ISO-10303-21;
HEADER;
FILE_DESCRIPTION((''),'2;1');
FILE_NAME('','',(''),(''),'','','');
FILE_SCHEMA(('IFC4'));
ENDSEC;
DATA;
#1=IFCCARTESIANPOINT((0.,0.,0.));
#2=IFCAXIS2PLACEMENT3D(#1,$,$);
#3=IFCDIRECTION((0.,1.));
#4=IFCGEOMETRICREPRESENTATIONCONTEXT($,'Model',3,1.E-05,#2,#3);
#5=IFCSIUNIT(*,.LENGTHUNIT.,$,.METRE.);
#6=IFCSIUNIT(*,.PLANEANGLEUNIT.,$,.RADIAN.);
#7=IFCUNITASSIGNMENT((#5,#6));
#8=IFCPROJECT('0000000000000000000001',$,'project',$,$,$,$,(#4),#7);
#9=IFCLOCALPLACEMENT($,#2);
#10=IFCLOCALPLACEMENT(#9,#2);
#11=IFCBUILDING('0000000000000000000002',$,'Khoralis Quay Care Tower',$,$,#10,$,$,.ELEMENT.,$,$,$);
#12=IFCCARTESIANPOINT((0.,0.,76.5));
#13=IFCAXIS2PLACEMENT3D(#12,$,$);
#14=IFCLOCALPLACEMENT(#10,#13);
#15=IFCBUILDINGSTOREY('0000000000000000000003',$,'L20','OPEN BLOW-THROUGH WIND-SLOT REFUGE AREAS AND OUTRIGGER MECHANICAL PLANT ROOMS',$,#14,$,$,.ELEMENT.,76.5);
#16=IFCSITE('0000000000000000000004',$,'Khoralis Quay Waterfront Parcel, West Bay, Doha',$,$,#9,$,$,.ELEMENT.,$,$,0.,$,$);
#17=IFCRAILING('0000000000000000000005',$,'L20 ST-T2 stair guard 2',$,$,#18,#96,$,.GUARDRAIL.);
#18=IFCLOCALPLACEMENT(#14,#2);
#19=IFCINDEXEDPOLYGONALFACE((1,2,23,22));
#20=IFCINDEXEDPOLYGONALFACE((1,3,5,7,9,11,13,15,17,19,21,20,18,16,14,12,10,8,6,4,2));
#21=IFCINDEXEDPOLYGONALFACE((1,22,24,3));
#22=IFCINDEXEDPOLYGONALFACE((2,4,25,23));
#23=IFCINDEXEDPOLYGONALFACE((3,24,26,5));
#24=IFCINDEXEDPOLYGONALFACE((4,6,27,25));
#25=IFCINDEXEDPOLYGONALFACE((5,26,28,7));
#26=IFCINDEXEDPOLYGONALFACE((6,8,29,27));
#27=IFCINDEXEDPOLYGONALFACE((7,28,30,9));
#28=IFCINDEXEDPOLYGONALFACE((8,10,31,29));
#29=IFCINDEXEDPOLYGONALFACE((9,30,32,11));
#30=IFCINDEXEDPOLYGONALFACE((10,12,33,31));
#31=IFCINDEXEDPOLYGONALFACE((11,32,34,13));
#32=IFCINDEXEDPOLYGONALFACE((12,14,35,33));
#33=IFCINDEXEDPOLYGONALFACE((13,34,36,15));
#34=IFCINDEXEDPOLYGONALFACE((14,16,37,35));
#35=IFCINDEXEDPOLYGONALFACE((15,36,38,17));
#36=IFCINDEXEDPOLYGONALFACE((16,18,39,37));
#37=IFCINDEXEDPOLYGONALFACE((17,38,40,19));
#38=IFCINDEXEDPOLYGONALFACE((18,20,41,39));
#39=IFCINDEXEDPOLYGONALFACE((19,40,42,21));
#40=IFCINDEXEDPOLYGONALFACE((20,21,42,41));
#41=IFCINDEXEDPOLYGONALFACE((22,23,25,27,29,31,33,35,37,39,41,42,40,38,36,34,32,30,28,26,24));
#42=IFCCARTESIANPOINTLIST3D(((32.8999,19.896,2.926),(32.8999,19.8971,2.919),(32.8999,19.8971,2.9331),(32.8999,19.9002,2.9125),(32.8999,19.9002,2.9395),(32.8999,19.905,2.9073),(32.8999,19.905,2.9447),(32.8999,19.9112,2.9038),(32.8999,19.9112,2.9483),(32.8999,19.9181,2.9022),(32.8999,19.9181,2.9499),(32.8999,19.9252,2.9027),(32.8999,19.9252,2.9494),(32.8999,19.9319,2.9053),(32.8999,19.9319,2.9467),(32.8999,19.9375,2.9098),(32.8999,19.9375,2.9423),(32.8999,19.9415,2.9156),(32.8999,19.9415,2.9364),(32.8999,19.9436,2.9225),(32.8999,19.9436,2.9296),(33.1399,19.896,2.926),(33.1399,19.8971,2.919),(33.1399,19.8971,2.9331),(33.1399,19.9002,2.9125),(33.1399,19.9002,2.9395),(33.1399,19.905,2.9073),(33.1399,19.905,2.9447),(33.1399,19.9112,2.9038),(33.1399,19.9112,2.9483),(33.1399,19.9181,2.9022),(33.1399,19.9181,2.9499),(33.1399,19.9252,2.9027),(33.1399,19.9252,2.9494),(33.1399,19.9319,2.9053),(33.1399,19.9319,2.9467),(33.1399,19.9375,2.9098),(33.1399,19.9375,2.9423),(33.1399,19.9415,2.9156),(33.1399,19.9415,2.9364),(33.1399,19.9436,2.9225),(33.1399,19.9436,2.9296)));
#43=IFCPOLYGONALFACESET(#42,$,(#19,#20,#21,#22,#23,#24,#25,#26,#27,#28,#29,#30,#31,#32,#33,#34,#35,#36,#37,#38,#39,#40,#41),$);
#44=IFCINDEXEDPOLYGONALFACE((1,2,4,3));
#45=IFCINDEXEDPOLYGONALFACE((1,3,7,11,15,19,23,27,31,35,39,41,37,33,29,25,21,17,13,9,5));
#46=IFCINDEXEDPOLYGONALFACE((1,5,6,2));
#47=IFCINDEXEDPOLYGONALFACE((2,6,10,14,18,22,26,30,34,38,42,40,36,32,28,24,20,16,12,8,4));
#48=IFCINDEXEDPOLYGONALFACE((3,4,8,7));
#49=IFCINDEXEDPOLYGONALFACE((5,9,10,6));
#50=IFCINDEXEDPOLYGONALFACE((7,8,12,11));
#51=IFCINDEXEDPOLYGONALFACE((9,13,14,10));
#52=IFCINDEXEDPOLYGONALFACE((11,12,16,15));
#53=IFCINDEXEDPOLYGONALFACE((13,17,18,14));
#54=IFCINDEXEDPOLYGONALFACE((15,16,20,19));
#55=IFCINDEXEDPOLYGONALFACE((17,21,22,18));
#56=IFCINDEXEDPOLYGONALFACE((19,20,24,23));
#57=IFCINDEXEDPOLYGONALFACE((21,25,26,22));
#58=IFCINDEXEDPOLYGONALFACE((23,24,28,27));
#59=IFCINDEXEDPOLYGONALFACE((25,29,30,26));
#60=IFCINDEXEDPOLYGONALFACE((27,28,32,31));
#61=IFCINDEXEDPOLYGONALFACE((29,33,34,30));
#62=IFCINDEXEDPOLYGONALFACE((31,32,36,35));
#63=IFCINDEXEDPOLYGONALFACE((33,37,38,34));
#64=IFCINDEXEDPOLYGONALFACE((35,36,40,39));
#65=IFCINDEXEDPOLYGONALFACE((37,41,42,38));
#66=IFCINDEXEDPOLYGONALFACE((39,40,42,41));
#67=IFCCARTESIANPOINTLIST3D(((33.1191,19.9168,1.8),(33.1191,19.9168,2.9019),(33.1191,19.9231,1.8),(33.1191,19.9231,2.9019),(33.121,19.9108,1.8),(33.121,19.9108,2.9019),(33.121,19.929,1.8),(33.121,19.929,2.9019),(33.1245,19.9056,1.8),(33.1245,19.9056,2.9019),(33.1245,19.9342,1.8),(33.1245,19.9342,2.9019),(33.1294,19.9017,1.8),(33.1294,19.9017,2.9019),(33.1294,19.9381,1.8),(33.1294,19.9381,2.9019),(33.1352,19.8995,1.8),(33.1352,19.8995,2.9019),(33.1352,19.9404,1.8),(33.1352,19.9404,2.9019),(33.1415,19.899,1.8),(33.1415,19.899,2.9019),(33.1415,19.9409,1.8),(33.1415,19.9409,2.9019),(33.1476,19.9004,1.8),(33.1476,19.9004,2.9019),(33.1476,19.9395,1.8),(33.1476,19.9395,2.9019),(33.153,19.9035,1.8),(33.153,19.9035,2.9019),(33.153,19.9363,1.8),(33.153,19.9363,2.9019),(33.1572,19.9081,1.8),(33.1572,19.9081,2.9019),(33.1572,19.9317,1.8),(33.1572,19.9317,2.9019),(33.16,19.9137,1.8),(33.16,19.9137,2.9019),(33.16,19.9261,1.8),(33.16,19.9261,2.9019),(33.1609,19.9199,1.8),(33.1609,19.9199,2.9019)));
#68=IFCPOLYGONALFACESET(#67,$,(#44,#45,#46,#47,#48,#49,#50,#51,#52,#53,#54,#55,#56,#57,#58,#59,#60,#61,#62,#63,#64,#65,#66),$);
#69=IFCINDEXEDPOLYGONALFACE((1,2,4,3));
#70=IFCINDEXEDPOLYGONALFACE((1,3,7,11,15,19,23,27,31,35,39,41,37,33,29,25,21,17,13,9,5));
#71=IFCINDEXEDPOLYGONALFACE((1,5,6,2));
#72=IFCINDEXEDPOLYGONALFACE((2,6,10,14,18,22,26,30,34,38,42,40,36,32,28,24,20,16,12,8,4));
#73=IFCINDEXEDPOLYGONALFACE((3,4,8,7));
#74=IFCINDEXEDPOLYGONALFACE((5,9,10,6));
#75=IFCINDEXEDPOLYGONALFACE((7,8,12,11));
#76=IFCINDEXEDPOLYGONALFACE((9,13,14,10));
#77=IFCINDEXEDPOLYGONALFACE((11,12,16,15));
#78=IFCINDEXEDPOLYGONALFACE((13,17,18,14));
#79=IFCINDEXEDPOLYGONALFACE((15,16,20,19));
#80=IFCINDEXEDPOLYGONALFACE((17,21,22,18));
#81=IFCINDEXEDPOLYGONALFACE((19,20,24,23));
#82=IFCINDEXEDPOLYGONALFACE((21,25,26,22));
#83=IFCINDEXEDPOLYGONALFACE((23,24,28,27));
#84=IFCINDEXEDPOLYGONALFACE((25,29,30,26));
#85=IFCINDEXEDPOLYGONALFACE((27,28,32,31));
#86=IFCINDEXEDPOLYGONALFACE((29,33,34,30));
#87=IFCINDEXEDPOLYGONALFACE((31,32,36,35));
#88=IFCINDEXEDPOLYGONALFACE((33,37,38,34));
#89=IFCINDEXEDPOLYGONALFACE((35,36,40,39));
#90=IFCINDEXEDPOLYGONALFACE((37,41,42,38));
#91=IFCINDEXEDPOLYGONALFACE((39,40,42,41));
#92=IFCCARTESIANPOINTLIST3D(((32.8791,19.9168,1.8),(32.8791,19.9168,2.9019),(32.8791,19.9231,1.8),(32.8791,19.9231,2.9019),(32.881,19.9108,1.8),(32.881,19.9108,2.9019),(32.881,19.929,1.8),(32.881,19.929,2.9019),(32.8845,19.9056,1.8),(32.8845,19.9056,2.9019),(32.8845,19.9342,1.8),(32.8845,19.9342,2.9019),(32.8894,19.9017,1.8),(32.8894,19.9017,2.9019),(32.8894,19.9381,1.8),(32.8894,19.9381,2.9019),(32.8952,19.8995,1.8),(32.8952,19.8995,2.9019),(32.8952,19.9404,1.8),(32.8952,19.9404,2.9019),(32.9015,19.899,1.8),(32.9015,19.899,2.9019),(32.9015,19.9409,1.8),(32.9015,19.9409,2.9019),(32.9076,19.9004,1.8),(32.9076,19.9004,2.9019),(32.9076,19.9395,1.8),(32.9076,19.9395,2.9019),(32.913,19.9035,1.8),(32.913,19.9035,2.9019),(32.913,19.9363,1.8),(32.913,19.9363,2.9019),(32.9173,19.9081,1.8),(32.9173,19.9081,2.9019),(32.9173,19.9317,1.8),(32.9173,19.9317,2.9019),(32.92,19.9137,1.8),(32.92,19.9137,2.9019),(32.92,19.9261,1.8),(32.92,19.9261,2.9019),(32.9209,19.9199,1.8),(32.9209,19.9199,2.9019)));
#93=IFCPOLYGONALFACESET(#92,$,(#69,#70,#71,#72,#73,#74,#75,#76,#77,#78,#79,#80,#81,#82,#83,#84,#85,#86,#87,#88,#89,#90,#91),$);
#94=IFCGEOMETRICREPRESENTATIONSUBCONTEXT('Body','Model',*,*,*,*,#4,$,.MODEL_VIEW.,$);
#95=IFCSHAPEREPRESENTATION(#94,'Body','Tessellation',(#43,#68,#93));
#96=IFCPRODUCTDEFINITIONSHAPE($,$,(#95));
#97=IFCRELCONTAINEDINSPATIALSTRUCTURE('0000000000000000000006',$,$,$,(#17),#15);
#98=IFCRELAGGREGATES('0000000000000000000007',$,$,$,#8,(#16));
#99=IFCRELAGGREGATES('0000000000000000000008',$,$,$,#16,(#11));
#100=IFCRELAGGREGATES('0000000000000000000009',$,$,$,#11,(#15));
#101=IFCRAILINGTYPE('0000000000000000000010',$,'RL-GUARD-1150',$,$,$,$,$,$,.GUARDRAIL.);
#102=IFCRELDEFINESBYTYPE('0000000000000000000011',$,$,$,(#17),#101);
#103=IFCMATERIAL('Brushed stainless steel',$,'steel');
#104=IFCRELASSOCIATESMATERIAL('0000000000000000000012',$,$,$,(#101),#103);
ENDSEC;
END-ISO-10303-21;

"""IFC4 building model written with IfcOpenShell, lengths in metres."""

from ifc_helpers import new_model, si_unit, direction, frame, origin, origin_2d, place, context, subcontext, project, spatial, circle, extrude, material, type_object, element, save


model = new_model("IFC4")

# Units and contexts
model_context = context("Model", 3, precision=1e-05, world=origin(), true_north=direction((0.0, 1.0)))
body_context = subcontext(model_context, "Body", "Model", "MODEL_VIEW")
ifc_project = project(units=[si_unit("LENGTHUNIT", "METRE"), si_unit("PLANEANGLEUNIT", "RADIAN")], contexts=[model_context])

# Site, building, storey
site_placement = place(None, origin())
site = spatial("IfcSite", under=ifc_project, at=site_placement, Name="Khoralis Quay Waterfront Parcel, West Bay, Doha", CompositionType="ELEMENT", RefElevation=0.0)
building_placement = place(site_placement, origin())
building = spatial("IfcBuilding", under=site, at=building_placement, Name="Khoralis Quay Care Tower", CompositionType="ELEMENT")
storey_placement = place(building_placement, frame((0.0, 0.0, 76.5)))
storey = spatial("IfcBuildingStorey", under=building, at=storey_placement, Name="L20", Description="OPEN BLOW-THROUGH WIND-SLOT REFUGE AREAS AND OUTRIGGER MECHANICAL PLANT ROOMS", CompositionType="ELEMENT", Elevation=76.5)

# Shared definitions
ifc_material_1 = material(Name="Brushed stainless steel", Category="steel")

# Railing
railing_type_1 = type_object("IfcRailingType", Name="RL-GUARD-1150", PredefinedType="GUARDRAIL", material=ifc_material_1)
railing_1_placement = place(storey_placement, frame((33.1399, 19.9199, 1.8)))
element("IfcRailing", 1, at=railing_1_placement, inside=storey, type_object=railing_type_1, Name="L20 ST-T2 stair guard 2", PredefinedType="GUARDRAIL", context=body_context, shape_type="SweptSolid", body=[
    extrude(circle(Radius=0.0239, at=origin_2d()), frame((0.0, 0.0, 1.126), z_axis=(-1.0, 0.0, 0.0), x_axis=(0.0, -1.0, 0.0)), (0.0, 0.0, 1.0), 0.24),
    extrude(circle(Radius=0.021, at=origin_2d()), origin(), (0.0, 0.0, 1.0), 1.1018),
    extrude(circle(Radius=0.021, at=origin_2d()), frame((-0.24, 0.0, 0.0)), (0.0, 0.0, 1.0), 1.1018),
])

save(model, "model.ifc")
